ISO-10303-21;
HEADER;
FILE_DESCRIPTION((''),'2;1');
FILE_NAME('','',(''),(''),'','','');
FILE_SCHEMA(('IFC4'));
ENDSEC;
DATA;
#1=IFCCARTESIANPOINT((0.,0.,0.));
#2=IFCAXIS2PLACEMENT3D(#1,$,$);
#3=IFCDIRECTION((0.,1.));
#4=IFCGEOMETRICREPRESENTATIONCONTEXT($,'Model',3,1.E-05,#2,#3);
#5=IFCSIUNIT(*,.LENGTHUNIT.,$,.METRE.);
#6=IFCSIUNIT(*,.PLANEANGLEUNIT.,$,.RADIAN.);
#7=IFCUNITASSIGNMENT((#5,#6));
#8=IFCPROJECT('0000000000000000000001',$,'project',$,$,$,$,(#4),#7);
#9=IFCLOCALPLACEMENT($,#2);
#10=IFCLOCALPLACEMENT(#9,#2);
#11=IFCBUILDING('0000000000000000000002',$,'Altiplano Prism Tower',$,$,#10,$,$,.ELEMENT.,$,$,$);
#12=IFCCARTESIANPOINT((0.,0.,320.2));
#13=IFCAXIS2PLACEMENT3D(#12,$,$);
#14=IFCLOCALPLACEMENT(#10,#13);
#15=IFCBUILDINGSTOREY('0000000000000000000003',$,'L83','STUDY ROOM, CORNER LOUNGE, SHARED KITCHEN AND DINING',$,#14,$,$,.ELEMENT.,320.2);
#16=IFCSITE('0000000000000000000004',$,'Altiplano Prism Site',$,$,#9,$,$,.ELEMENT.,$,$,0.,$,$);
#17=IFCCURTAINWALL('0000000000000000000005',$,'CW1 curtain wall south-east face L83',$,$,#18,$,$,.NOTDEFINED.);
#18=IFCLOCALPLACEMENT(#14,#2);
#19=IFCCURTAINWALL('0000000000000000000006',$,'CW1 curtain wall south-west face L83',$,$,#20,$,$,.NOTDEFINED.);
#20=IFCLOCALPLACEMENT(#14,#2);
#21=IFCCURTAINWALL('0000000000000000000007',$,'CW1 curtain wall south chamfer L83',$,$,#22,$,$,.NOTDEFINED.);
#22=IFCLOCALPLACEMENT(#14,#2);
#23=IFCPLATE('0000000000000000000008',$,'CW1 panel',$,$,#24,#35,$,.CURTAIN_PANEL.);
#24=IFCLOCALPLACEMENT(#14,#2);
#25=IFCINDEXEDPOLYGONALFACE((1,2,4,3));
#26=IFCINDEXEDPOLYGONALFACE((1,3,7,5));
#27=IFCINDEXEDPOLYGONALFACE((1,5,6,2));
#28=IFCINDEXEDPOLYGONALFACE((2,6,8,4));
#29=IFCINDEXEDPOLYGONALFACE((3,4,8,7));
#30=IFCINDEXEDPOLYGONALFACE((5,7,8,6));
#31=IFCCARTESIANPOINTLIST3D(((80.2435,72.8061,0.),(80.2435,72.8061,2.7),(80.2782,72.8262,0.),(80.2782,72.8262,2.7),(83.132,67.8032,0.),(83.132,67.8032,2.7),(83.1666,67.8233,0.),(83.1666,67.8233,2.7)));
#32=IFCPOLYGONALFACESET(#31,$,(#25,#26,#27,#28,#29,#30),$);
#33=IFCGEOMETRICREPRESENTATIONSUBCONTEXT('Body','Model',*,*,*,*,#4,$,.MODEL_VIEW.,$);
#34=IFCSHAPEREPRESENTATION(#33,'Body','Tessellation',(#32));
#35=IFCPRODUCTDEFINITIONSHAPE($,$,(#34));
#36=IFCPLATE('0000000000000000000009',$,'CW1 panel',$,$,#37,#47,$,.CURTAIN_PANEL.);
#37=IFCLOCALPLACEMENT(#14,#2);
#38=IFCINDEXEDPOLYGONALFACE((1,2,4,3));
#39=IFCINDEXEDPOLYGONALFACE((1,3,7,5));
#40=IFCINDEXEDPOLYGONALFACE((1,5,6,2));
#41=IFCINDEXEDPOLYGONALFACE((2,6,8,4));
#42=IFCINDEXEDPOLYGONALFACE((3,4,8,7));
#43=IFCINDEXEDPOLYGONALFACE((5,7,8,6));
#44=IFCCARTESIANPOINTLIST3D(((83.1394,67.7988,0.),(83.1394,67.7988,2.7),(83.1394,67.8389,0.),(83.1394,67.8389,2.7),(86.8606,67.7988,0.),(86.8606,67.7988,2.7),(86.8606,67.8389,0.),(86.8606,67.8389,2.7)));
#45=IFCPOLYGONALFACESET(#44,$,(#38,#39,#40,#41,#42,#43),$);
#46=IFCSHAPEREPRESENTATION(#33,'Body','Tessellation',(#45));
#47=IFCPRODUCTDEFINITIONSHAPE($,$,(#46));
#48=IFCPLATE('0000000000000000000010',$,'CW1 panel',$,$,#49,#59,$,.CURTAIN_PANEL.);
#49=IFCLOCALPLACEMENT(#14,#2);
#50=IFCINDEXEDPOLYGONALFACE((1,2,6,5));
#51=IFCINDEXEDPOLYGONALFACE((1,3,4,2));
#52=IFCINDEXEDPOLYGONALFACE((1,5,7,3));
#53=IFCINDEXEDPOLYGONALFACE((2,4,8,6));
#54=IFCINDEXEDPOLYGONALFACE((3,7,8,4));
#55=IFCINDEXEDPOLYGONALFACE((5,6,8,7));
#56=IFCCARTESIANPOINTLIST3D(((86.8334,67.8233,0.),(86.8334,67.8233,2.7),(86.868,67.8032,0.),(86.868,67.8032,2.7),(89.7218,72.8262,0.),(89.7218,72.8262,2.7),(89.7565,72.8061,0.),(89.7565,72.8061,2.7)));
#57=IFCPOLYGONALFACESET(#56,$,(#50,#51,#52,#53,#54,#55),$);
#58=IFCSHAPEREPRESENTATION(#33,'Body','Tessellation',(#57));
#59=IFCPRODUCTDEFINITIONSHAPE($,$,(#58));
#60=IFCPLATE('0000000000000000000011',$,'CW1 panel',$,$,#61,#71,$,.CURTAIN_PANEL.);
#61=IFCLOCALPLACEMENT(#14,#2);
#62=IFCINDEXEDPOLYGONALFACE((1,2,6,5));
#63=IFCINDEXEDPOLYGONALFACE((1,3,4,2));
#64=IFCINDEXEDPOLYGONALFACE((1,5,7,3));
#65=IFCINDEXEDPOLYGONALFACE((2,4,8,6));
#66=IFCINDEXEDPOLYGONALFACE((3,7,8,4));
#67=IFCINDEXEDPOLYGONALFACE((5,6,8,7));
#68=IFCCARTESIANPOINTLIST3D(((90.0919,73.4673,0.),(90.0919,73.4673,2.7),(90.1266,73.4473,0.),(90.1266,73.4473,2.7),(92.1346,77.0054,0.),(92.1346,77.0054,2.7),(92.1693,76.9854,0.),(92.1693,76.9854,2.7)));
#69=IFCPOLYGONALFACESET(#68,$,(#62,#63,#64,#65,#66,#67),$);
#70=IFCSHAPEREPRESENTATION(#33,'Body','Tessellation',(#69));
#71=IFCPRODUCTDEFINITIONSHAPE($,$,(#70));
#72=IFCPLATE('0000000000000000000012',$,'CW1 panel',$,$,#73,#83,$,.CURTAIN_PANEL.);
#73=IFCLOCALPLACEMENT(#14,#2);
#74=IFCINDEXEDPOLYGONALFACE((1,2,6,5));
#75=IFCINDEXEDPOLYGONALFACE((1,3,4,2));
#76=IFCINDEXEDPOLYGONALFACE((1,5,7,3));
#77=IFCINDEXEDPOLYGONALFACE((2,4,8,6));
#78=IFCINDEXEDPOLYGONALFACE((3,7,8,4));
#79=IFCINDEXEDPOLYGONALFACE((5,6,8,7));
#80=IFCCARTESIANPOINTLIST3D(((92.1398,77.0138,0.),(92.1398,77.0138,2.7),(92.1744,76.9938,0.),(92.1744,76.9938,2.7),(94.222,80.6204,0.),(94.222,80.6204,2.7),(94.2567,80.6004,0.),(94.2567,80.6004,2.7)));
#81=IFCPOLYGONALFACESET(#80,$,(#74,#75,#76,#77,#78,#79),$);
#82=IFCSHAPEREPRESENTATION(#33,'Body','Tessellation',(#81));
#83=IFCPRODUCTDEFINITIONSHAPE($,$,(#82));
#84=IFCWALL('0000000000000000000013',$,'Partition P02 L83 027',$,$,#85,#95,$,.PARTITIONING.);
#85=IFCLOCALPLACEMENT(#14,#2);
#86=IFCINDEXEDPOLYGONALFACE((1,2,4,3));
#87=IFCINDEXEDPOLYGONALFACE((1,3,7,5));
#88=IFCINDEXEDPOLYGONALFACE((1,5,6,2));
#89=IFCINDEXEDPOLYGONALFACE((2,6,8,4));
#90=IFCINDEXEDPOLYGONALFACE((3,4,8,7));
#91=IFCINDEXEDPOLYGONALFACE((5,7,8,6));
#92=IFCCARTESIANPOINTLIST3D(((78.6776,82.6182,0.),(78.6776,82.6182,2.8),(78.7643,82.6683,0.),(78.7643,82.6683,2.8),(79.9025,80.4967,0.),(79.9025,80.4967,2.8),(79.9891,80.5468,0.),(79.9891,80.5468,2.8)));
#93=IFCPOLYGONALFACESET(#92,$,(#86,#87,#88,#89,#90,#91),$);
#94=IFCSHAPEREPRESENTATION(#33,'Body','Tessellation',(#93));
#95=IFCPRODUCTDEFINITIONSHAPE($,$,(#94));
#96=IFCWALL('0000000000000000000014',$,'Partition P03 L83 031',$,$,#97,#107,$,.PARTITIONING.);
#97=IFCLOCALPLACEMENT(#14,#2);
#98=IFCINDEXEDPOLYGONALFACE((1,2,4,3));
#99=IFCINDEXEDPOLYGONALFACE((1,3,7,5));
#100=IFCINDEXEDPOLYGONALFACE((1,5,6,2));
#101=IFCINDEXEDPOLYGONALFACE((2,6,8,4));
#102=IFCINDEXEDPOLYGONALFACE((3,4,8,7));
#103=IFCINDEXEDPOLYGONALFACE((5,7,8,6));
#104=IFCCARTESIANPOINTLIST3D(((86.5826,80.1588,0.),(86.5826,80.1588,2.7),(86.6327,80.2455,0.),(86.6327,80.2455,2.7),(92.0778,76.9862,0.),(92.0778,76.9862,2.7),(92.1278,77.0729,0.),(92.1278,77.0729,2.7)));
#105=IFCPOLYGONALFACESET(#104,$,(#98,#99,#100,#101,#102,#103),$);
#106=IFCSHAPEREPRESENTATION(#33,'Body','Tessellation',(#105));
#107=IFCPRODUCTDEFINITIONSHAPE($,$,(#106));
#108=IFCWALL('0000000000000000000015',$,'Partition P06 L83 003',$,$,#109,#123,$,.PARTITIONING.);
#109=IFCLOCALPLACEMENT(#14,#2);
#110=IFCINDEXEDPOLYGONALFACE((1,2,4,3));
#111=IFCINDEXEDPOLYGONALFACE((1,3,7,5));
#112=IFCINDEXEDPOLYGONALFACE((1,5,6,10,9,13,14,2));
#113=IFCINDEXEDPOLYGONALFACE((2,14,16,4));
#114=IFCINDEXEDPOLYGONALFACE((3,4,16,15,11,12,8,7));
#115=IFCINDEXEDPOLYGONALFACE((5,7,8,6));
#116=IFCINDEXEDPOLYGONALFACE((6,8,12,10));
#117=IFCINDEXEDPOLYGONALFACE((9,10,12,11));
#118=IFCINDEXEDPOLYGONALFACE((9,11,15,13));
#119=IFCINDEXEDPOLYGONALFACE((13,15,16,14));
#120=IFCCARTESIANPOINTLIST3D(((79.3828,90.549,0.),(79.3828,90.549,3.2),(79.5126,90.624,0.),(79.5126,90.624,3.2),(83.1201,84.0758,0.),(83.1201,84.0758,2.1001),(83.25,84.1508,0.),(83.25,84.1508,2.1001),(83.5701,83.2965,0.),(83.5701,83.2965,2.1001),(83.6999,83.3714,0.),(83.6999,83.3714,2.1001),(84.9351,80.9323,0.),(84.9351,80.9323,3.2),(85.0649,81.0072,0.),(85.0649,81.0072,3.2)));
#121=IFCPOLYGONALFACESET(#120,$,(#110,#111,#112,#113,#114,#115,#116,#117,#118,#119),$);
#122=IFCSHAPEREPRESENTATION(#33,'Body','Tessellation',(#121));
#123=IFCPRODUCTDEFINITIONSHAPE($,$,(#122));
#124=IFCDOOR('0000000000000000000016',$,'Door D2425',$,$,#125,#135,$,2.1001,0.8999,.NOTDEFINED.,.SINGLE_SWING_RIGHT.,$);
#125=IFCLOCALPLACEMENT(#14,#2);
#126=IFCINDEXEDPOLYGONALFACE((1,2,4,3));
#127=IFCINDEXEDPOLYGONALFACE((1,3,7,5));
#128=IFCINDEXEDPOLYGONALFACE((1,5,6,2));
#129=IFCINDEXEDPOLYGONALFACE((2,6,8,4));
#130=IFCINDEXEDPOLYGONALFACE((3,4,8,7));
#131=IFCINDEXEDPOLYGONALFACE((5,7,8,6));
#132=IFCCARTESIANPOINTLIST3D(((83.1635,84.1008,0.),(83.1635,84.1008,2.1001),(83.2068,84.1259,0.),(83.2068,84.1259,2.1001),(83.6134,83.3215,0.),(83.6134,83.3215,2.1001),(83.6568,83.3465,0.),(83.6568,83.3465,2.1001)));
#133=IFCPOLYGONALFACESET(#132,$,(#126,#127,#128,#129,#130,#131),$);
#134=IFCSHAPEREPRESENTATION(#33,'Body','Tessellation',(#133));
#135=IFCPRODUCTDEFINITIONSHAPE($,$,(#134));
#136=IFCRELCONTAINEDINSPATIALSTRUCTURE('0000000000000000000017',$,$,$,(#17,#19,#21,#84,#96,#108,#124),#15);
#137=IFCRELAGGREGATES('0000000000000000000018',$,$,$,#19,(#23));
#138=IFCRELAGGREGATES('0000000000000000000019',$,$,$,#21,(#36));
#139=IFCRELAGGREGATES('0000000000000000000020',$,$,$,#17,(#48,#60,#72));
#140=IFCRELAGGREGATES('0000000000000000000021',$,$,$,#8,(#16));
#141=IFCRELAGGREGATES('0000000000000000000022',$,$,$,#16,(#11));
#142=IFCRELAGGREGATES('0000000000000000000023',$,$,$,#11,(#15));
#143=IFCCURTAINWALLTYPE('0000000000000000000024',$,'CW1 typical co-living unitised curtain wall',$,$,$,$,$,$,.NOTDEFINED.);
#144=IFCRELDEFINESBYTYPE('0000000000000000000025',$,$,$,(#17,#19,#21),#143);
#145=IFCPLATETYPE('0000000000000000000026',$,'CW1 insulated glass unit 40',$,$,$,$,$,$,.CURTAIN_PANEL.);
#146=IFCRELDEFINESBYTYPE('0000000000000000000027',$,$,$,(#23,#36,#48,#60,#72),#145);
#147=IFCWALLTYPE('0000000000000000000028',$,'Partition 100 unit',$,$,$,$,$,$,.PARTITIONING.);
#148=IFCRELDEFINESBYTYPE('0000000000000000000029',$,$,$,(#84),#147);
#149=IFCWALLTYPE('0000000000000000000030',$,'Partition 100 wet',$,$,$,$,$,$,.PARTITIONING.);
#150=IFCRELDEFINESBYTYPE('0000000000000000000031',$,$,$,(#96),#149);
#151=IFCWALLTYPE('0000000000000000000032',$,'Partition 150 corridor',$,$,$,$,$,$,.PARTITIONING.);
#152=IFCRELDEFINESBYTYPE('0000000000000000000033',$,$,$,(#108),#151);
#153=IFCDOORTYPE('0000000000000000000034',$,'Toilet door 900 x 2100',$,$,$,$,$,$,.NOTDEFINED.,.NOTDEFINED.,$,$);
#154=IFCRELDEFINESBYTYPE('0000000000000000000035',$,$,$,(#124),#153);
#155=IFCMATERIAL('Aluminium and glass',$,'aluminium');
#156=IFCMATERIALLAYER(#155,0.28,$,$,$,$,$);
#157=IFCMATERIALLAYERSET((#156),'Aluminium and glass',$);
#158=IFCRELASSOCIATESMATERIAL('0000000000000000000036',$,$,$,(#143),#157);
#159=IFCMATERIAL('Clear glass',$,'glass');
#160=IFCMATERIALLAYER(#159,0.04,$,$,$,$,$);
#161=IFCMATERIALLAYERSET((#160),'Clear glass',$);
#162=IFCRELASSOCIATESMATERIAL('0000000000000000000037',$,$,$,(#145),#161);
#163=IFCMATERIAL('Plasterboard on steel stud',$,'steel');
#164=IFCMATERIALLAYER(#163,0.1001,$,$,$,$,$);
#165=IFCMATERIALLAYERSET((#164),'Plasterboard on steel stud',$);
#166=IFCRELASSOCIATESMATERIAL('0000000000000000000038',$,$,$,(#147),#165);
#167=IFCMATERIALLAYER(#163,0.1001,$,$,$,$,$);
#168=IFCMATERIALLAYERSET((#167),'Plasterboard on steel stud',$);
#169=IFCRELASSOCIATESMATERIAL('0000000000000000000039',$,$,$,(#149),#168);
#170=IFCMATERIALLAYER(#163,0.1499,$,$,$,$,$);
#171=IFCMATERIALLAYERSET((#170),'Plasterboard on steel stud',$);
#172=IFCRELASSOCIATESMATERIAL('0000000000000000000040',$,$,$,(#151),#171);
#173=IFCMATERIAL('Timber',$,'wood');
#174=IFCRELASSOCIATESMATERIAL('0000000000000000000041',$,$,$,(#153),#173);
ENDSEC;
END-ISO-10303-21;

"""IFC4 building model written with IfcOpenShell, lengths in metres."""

from ifc_helpers import new_model, si_unit, direction, frame, frame_2d, origin, origin_2d, place, context, subcontext, project, spatial, rectangle, extrude, material, layer, layer_set, type_object, element, fill, aggregate, save


model = new_model("IFC4")

# Units and contexts
model_context = context("Model", 3, precision=1e-05, world=origin(), true_north=direction((0.0, 1.0)))
body_context = subcontext(model_context, "Body", "Model", "MODEL_VIEW")
ifc_project = project(units=[si_unit("LENGTHUNIT", "METRE"), si_unit("PLANEANGLEUNIT", "RADIAN")], contexts=[model_context])

# Site, building, storey
site_placement = place(None, origin())
site = spatial("IfcSite", under=ifc_project, at=site_placement, Name="Altiplano Prism Site", CompositionType="ELEMENT", RefElevation=0.0)
building_placement = place(site_placement, origin())
building = spatial("IfcBuilding", under=site, at=building_placement, Name="Altiplano Prism Tower", CompositionType="ELEMENT")
storey_placement = place(building_placement, frame((0.0, 0.0, 320.2)))
storey = spatial("IfcBuildingStorey", under=building, at=storey_placement, Name="L83", Description="STUDY ROOM, CORNER LOUNGE, SHARED KITCHEN AND DINING", CompositionType="ELEMENT", Elevation=320.2)

# Curtain walls
ifc_material_1 = material(Name="Aluminium and glass", Category="aluminium")
ifc_layer_1 = layer(ifc_material_1, 0.28)
ifc_layer_set_1 = layer_set([ifc_layer_1], Name="Aluminium and glass")
curtain_wall_type = type_object("IfcCurtainWallType", Name="CW1 typical co-living unitised curtain wall", PredefinedType="NOTDEFINED", material=ifc_layer_set_1)
curtain_wall_1_placement = place(storey_placement, origin())
curtain_wall_1 = element("IfcCurtainWall", 1, at=curtain_wall_1_placement, inside=storey, type_object=curtain_wall_type, Name="CW1 curtain wall south-east face L83", PredefinedType="NOTDEFINED")
curtain_wall_2_placement = place(storey_placement, origin())
curtain_wall_2 = element("IfcCurtainWall", 2, at=curtain_wall_2_placement, inside=storey, type_object=curtain_wall_type, Name="CW1 curtain wall south-west face L83", PredefinedType="NOTDEFINED")
curtain_wall_3_placement = place(storey_placement, origin())
curtain_wall_3 = element("IfcCurtainWall", 3, at=curtain_wall_3_placement, inside=storey, type_object=curtain_wall_type, Name="CW1 curtain wall south chamfer L83", PredefinedType="NOTDEFINED")

# Plates
ifc_material_2 = material(Name="Clear glass", Category="glass")
ifc_layer_2 = layer(ifc_material_2, 0.04)
ifc_layer_set_2 = layer_set([ifc_layer_2], Name="Clear glass")
plate_type = type_object("IfcPlateType", Name="CW1 insulated glass unit 40", PredefinedType="CURTAIN_PANEL", material=ifc_layer_set_2)
plate_1_placement = place(storey_placement, frame((81.7051, 70.3147, 0.0), z_axis=(0.0, 0.0, 1.0), x_axis=(0.5, -0.866025, 0.0)))
plate_1 = element("IfcPlate", 4, at=plate_1_placement, type_object=plate_type, Name="CW1 panel", PredefinedType="CURTAIN_PANEL", context=body_context, shape_type="SweptSolid", body=[
    extrude(rectangle(XDim=5.7769, YDim=0.04, at=origin_2d()), origin(), (0.0, 0.0, 1.0), 2.7),
])
aggregate(curtain_wall_2, [plate_1])
plate_2_placement = place(storey_placement, frame((85.0, 67.8188, 0.0), z_axis=(0.0, 0.0, 1.0), x_axis=(1.0, 0.0, 0.0)))
plate_2 = element("IfcPlate", 5, at=plate_2_placement, type_object=plate_type, Name="CW1 panel", PredefinedType="CURTAIN_PANEL", context=body_context, shape_type="SweptSolid", body=[
    extrude(rectangle(XDim=3.7212, YDim=0.04, at=origin_2d()), origin(), (0.0, 0.0, 1.0), 2.7),
])
aggregate(curtain_wall_3, [plate_2])
plate_3_placement = place(storey_placement, frame((88.2949, 70.3147, 0.0), z_axis=(0.0, 0.0, 1.0), x_axis=(0.5, 0.866025, 0.0)))
plate_3 = element("IfcPlate", 6, at=plate_3_placement, type_object=plate_type, Name="CW1 panel", PredefinedType="CURTAIN_PANEL", context=body_context, shape_type="SweptSolid", body=[
    extrude(rectangle(XDim=5.7769, YDim=0.04, at=origin_2d()), origin(), (0.0, 0.0, 1.0), 2.7),
])
plate_4_placement = place(storey_placement, frame((91.1306, 75.2263, 0.0), z_axis=(0.0, 0.0, 1.0), x_axis=(0.5, 0.866025, 0.0)))
plate_4 = element("IfcPlate", 7, at=plate_4_placement, type_object=plate_type, Name="CW1 panel", PredefinedType="CURTAIN_PANEL", context=body_context, shape_type="SweptSolid", body=[
    extrude(rectangle(XDim=4.0854, YDim=0.04, at=origin_2d()), origin(), (0.0, 0.0, 1.0), 2.7),
])
plate_5_placement = place(storey_placement, frame((93.1982, 78.8071, 0.0), z_axis=(0.0, 0.0, 1.0), x_axis=(0.5, 0.866025, 0.0)))
plate_5 = element("IfcPlate", 8, at=plate_5_placement, type_object=plate_type, Name="CW1 panel", PredefinedType="CURTAIN_PANEL", context=body_context, shape_type="SweptSolid", body=[
    extrude(rectangle(XDim=4.1646, YDim=0.04, at=origin_2d()), origin(), (0.0, 0.0, 1.0), 2.7),
])
aggregate(curtain_wall_1, [plate_3, plate_4, plate_5])

# Walls
ifc_material_3 = material(Name="Plasterboard on steel stud", Category="steel")
ifc_layer_3 = layer(ifc_material_3, 0.1001)
ifc_layer_set_3 = layer_set([ifc_layer_3], Name="Plasterboard on steel stud")
wall_type_1 = type_object("IfcWallType", Name="Partition 100 unit", PredefinedType="PARTITIONING", material=ifc_layer_set_3)
wall_1_placement = place(storey_placement, frame((79.9458, 80.5217, 0.0), z_axis=(0.0, 0.0, 1.0), x_axis=(-0.499987, 0.866033, 0.0)))
element("IfcWall", 9, at=wall_1_placement, inside=storey, type_object=wall_type_1, Name="Partition P02 L83 027", PredefinedType="PARTITIONING", context=body_context, shape_type="SweptSolid", body=[
    extrude(rectangle(XDim=2.4497, YDim=0.1001, at=frame_2d((1.2249, 0.0))), origin(), (0.0, 0.0, 1.0), 2.8),
])
ifc_layer_4 = layer(ifc_material_3, 0.1001)
ifc_layer_set_4 = layer_set([ifc_layer_4], Name="Plasterboard on steel stud")
wall_type_2 = type_object("IfcWallType", Name="Partition 100 wet", PredefinedType="PARTITIONING", material=ifc_layer_set_4)
wall_2_placement = place(storey_placement, frame((92.1028, 77.0295, 0.0), z_axis=(0.0, 0.0, 1.0), x_axis=(-0.866025, 0.5, 0.0)))
element("IfcWall", 10, at=wall_2_placement, inside=storey, type_object=wall_type_2, Name="Partition P03 L83 031", PredefinedType="PARTITIONING", context=body_context, shape_type="SweptSolid", body=[
    extrude(rectangle(XDim=6.3452, YDim=0.1001, at=frame_2d((3.1726, 0.0))), origin(), (0.0, 0.0, 1.0), 2.7),
])

# Wall, opening, door
ifc_layer_5 = layer(ifc_material_3, 0.1499)
ifc_layer_set_5 = layer_set([ifc_layer_5], Name="Plasterboard on steel stud")
wall_type_3 = type_object("IfcWallType", Name="Partition 150 corridor", PredefinedType="PARTITIONING", material=ifc_layer_set_5)
wall_3_placement = place(storey_placement, frame((85.0, 80.9697, 0.0), z_axis=(0.0, 0.0, 1.0), x_axis=(-0.500003, 0.866024, 0.0)))
wall_3 = element("IfcWall", 11, at=wall_3_placement, inside=storey, type_object=wall_type_3, Name="Partition P06 L83 003", PredefinedType="PARTITIONING", context=body_context, shape_type="SweptSolid", body=[
    extrude(rectangle(XDim=11.1045, YDim=0.1499, at=frame_2d((5.5522, 0.0))), origin(), (0.0, 0.0, 1.0), 3.2),
])
opening_1_placement = place(wall_3_placement, frame((2.73, 0.0, 0.0)))
opening_1 = element("IfcOpeningElement", 12, at=opening_1_placement, cuts=wall_3, PredefinedType="OPENING", context=body_context, shape_type="SweptSolid", body=[
    extrude(rectangle(XDim=0.8999, YDim=2.1001, at=frame_2d((0.45, 1.05))), frame((0.0, 0.0854, 0.0), z_axis=(0.0, -1.0, 0.0), x_axis=(1.0, 0.0, 0.0)), (0.0, 0.0, 1.0), 0.1709),
])
ifc_material_4 = material(Name="Timber", Category="wood")
door_type_1 = type_object("IfcDoorType", Name="Toilet door 900 x 2100", OperationType="NOTDEFINED", PredefinedType="NOTDEFINED", material=ifc_material_4)
door_1_placement = place(opening_1_placement, origin())
door_1 = element("IfcDoor", 13, at=door_1_placement, inside=storey, type_object=door_type_1, Name="Door D2425", OperationType="SINGLE_SWING_RIGHT", OverallHeight=2.1001, OverallWidth=0.8999, PredefinedType="NOTDEFINED", context=body_context, shape_type="SweptSolid", body=[
    extrude(rectangle(XDim=0.8999, YDim=2.1001, at=frame_2d((0.45, 1.05))), frame((0.0, 0.0249, 0.0), z_axis=(0.0, -1.0, 0.0), x_axis=(1.0, 0.0, 0.0)), (0.0, 0.0, 1.0), 0.05),
])
fill(opening_1, door_1)

save(model, "model.ifc")
